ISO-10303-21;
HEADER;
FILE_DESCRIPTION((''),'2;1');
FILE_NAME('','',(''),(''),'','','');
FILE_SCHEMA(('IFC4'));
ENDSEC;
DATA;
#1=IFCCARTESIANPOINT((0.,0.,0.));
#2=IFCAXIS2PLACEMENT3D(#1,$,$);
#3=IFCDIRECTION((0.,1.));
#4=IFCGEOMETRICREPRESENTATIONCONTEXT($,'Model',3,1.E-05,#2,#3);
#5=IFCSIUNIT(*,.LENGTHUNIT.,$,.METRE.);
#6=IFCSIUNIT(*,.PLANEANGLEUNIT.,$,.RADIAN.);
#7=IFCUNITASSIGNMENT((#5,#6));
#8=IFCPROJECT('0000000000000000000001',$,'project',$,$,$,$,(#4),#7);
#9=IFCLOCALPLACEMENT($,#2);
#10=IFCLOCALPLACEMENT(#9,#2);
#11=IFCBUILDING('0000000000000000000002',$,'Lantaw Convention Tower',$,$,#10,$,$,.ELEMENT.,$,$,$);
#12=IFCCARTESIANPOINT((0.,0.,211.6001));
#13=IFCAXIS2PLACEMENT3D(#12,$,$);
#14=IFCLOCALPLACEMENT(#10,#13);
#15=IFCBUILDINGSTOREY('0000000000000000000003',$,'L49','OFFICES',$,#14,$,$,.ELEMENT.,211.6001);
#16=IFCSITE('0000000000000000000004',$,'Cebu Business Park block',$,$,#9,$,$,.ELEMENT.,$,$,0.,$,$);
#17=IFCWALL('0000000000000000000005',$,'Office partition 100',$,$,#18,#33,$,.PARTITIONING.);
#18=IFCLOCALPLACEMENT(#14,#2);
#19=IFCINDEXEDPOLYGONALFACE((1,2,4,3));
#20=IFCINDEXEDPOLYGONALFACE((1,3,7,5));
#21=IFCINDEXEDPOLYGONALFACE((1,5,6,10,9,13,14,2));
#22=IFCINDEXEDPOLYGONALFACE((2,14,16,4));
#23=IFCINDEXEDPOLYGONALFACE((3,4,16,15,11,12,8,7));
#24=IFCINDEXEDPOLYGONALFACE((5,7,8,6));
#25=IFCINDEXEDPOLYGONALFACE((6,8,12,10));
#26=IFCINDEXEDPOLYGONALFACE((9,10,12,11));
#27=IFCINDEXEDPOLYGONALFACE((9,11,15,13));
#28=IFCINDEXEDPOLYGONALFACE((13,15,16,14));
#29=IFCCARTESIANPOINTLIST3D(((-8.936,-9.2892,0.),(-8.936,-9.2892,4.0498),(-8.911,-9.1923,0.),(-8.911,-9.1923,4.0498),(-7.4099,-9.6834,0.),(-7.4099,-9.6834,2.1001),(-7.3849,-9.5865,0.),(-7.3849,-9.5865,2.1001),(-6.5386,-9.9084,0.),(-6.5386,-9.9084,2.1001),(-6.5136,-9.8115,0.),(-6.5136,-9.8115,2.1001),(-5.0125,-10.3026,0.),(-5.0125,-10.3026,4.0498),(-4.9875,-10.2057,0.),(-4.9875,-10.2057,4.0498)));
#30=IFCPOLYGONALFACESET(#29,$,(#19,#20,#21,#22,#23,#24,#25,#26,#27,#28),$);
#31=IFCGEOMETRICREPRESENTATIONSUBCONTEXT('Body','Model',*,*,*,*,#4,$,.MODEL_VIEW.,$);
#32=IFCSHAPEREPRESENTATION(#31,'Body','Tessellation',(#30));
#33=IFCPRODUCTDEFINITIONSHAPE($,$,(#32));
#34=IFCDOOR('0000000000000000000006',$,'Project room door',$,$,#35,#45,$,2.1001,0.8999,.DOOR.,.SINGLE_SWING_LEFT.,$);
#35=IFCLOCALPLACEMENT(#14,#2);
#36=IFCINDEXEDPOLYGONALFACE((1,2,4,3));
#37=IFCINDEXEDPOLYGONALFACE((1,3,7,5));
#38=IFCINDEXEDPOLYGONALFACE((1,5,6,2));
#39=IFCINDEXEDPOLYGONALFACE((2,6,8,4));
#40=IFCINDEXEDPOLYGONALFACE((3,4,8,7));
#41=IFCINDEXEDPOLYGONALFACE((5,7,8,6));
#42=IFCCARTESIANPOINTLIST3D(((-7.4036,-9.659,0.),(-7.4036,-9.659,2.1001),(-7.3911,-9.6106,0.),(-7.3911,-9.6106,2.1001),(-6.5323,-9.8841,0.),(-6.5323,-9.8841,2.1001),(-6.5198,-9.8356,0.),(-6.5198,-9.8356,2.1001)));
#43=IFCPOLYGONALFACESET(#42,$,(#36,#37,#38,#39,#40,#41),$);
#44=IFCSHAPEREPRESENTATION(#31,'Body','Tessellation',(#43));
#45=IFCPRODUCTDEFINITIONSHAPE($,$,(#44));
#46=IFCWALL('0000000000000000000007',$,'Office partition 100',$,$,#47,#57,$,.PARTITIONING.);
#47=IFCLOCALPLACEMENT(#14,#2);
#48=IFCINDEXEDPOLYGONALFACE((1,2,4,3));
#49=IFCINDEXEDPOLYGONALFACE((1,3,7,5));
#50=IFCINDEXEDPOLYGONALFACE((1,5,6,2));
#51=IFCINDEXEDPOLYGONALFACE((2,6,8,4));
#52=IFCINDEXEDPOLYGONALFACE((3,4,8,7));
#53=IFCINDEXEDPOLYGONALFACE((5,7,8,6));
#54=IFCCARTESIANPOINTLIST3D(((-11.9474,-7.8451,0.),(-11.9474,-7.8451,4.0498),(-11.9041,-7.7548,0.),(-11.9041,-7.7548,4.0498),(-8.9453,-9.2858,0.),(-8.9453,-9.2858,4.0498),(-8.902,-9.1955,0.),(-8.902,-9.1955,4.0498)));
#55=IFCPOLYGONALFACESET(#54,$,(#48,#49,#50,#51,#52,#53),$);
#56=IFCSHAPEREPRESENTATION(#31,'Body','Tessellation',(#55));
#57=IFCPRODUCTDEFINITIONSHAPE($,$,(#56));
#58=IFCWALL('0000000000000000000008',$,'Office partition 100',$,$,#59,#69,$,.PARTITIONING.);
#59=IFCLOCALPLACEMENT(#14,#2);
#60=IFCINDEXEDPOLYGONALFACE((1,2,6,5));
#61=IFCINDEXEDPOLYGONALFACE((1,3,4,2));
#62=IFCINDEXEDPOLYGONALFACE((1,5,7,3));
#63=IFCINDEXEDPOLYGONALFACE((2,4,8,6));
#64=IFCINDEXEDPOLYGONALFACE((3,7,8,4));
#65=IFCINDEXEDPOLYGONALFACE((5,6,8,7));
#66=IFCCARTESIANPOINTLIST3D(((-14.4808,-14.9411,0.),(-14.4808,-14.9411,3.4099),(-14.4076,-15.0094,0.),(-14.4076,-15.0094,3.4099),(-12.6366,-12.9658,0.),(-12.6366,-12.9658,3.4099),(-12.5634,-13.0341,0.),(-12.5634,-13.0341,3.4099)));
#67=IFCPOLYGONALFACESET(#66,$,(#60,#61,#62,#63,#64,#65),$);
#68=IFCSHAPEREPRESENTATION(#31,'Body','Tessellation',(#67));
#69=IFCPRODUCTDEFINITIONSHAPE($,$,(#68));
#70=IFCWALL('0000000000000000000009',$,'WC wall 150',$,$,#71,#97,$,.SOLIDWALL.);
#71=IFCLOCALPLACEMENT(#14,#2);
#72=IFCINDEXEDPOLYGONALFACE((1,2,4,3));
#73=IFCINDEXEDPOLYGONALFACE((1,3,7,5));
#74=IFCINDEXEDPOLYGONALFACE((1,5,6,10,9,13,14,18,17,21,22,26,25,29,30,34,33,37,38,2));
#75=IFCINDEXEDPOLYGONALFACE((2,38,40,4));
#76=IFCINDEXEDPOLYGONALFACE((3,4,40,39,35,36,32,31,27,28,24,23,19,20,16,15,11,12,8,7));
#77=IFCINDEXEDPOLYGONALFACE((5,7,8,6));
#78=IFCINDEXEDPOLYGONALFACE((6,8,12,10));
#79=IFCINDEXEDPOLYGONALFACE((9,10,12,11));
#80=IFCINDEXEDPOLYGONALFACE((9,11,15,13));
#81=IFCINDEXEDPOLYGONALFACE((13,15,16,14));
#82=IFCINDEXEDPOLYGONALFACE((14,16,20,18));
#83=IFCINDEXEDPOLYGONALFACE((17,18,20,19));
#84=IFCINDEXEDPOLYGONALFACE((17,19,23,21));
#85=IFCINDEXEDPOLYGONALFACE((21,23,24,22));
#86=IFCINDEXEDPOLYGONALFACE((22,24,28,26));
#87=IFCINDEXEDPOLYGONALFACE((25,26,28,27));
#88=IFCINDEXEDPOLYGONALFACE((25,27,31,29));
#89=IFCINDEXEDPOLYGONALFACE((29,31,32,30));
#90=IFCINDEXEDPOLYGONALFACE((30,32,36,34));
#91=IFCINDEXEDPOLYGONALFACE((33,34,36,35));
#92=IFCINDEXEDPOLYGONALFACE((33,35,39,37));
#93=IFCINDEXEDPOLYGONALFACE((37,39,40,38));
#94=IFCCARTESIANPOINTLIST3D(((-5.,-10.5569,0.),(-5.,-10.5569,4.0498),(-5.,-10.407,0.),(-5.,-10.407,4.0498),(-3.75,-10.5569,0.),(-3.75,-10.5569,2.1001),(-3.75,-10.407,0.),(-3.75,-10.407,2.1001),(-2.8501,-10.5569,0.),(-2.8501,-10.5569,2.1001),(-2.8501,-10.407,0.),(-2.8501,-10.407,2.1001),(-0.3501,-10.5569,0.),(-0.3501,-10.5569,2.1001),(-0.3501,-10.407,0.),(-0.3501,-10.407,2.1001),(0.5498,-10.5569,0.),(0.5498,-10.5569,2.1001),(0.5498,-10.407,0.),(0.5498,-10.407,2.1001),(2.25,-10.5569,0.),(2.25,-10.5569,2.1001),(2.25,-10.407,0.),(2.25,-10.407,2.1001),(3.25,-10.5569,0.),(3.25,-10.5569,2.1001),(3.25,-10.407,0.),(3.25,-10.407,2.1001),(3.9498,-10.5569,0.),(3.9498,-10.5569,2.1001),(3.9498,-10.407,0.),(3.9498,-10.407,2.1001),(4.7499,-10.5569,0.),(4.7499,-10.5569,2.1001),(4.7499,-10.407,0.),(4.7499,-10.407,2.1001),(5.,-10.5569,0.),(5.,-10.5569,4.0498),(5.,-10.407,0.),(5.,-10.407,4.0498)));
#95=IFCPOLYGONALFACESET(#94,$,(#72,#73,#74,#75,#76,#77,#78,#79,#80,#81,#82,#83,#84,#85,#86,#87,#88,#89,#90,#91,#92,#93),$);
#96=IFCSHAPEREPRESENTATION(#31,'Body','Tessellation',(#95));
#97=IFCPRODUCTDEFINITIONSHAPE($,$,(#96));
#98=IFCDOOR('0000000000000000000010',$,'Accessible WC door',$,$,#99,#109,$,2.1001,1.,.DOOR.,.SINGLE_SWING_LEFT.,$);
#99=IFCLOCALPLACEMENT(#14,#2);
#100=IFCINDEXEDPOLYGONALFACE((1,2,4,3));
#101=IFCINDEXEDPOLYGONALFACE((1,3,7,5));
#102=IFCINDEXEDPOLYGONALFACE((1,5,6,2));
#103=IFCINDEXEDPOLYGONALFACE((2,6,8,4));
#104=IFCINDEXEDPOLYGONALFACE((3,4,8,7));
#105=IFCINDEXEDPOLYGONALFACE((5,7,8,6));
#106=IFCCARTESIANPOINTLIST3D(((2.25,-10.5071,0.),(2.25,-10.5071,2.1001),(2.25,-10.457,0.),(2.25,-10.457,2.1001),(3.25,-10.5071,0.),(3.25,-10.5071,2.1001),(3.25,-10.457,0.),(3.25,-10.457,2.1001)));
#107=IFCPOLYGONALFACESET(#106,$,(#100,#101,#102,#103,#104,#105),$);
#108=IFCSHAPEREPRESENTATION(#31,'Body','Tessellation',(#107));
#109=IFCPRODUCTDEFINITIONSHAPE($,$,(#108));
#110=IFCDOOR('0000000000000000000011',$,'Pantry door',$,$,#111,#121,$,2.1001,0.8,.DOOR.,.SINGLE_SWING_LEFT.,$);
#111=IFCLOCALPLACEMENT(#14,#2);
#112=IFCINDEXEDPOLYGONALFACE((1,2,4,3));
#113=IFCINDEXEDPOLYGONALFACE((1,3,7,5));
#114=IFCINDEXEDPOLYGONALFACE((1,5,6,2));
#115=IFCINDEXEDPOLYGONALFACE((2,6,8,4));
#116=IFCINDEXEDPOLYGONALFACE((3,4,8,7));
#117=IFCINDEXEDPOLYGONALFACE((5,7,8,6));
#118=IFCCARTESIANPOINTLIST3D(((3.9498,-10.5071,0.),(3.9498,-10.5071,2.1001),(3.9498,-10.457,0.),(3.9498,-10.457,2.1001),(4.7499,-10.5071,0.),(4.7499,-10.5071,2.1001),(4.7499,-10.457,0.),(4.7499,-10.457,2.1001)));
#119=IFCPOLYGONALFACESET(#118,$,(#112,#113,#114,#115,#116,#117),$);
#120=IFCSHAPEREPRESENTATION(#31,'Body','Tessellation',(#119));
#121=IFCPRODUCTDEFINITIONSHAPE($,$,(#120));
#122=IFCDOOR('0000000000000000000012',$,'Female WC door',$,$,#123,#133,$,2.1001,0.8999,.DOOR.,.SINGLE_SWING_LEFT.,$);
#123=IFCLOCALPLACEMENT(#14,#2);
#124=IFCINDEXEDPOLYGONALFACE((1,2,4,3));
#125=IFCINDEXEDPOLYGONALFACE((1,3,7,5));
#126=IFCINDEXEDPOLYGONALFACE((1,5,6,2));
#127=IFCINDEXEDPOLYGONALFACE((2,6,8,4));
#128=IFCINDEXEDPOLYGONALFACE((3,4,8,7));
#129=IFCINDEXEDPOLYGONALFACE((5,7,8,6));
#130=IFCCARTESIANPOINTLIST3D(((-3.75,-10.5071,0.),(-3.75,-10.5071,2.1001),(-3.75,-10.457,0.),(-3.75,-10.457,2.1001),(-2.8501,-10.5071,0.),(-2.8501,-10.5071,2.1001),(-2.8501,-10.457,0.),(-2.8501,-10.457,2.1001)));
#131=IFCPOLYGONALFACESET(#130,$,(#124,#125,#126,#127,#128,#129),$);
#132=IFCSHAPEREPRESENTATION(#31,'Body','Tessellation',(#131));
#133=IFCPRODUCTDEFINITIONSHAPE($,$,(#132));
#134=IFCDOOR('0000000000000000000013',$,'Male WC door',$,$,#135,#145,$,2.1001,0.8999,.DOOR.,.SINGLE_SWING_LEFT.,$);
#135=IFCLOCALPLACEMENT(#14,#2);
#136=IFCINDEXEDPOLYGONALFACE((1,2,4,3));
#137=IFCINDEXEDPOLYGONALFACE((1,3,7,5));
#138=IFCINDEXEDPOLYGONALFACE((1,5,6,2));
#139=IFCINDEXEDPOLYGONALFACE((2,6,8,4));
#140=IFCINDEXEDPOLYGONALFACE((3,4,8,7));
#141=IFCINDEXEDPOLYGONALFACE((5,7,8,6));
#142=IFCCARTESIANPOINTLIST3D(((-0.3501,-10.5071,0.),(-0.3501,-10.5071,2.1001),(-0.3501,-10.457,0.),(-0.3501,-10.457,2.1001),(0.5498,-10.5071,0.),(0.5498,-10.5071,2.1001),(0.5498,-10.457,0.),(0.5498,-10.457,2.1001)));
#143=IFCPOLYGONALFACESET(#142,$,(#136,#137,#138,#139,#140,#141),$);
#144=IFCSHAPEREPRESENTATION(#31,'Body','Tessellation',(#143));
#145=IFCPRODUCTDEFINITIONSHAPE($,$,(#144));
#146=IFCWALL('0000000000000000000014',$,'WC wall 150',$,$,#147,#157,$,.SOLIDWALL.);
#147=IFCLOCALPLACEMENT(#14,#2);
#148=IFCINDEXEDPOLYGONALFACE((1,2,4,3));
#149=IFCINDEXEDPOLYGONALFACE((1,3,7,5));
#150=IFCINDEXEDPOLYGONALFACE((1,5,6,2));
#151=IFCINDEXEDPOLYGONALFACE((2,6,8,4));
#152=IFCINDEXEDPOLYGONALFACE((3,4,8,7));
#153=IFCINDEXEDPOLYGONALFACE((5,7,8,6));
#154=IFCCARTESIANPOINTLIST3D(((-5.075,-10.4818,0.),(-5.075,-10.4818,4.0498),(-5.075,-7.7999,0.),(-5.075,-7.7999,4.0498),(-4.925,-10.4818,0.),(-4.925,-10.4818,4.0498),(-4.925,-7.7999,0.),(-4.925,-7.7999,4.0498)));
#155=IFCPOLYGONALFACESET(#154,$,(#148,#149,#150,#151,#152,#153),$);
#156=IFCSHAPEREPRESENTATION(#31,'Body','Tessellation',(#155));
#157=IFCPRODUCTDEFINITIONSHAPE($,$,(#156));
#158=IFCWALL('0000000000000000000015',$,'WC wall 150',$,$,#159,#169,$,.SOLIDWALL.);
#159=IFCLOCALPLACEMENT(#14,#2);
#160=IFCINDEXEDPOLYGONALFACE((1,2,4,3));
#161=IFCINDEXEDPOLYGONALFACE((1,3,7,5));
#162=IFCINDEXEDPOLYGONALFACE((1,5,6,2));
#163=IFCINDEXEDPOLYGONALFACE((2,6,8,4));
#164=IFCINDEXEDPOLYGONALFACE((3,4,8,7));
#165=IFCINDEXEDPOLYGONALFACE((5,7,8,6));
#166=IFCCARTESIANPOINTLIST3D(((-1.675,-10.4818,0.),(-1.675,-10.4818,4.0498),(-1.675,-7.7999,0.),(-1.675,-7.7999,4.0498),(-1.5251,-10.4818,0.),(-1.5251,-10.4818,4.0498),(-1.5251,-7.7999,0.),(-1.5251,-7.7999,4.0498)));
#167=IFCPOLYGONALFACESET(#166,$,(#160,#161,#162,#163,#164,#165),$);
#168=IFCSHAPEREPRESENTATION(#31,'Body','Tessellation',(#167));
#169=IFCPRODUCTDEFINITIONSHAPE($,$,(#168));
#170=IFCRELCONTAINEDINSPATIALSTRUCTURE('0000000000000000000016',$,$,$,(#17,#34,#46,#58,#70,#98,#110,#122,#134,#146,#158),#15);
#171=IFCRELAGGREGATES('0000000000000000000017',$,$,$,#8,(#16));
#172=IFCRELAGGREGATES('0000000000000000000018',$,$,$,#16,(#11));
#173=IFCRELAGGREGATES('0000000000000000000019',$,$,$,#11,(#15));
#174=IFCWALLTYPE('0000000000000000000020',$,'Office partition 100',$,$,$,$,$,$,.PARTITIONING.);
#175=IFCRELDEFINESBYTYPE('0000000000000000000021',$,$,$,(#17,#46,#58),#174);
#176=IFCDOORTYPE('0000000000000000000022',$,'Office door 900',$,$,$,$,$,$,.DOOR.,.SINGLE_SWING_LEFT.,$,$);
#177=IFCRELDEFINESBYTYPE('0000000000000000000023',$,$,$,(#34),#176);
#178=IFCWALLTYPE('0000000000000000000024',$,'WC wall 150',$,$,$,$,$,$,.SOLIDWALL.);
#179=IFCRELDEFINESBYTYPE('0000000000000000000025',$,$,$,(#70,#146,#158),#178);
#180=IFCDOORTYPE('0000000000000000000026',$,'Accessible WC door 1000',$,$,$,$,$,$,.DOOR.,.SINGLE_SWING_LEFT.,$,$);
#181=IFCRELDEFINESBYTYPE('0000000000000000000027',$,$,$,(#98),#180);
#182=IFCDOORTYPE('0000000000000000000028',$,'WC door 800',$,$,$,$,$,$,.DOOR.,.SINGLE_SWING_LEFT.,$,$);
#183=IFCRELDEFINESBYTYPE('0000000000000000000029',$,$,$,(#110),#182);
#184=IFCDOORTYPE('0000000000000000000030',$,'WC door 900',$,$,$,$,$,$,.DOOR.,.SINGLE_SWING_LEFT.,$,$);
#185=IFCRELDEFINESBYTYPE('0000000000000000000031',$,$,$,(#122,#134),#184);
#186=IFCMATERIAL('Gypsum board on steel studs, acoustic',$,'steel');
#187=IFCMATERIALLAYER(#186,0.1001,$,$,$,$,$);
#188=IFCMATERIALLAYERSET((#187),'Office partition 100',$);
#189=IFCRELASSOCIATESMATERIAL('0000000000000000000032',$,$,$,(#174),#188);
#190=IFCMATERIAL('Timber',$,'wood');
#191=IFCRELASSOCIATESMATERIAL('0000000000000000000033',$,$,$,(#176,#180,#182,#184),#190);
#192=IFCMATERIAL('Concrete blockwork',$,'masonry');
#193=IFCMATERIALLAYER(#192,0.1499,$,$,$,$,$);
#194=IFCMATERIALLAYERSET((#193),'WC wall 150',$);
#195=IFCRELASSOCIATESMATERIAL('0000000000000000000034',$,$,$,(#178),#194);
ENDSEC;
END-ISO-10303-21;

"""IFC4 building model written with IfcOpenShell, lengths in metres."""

from ifc_helpers import new_model, si_unit, direction, frame, frame_2d, origin, place, context, subcontext, project, spatial, rectangle, extrude, material, layer, layer_set, type_object, element, fill, save


model = new_model("IFC4")

# Units and contexts
model_context = context("Model", 3, precision=1e-05, world=origin(), true_north=direction((0.0, 1.0)))
body_context = subcontext(model_context, "Body", "Model", "MODEL_VIEW")
ifc_project = project(units=[si_unit("LENGTHUNIT", "METRE"), si_unit("PLANEANGLEUNIT", "RADIAN")], contexts=[model_context])

# Site, building, storey
site_placement = place(None, origin())
site = spatial("IfcSite", under=ifc_project, at=site_placement, Name="Cebu Business Park block", CompositionType="ELEMENT", RefElevation=0.0)
building_placement = place(site_placement, origin())
building = spatial("IfcBuilding", under=site, at=building_placement, Name="Lantaw Convention Tower", CompositionType="ELEMENT")
storey_placement = place(building_placement, frame((0.0, 0.0, 211.6001)))
storey = spatial("IfcBuildingStorey", under=building, at=storey_placement, Name="L49", Description="OFFICES", CompositionType="ELEMENT", Elevation=211.6001)

# Wall, opening, door
ifc_material_1 = material(Name="Gypsum board on steel studs, acoustic", Category="steel")
ifc_layer_1 = layer(ifc_material_1, 0.1001)
ifc_layer_set_1 = layer_set([ifc_layer_1], Name="Office partition 100")
wall_type_1 = type_object("IfcWallType", Name="Office partition 100", PredefinedType="PARTITIONING", material=ifc_layer_set_1)
wall_1_placement = place(storey_placement, frame((-5.0, -10.2542, 0.0), z_axis=(0.0, 0.0, 1.0), x_axis=(-0.968224, 0.250084, 0.0)))
wall_1 = element("IfcWall", 1, at=wall_1_placement, inside=storey, type_object=wall_type_1, Name="Office partition 100", PredefinedType="PARTITIONING", context=body_context, shape_type="SweptSolid", body=[
    extrude(rectangle(XDim=4.0522, YDim=0.1001, at=frame_2d((2.0261, 0.0))), origin(), (0.0, 0.0, 1.0), 4.0498),
])
opening_1_placement = place(wall_1_placement, frame((1.5762, 0.0, 0.0)))
opening_1 = element("IfcOpeningElement", 2, at=opening_1_placement, cuts=wall_1, PredefinedType="OPENING", context=body_context, shape_type="SweptSolid", body=[
    extrude(rectangle(XDim=0.8999, YDim=2.1001, at=frame_2d((0.45, 1.05))), frame((0.0, 0.0601, 0.0), z_axis=(0.0, -1.0, 0.0), x_axis=(1.0, 0.0, 0.0)), (0.0, 0.0, 1.0), 0.1201),
])
ifc_material_2 = material(Name="Timber", Category="wood")
door_type_1 = type_object("IfcDoorType", Name="Office door 900", OperationType="SINGLE_SWING_LEFT", PredefinedType="DOOR", material=ifc_material_2)
door_1_placement = place(opening_1_placement, origin())
door_1 = element("IfcDoor", 3, at=door_1_placement, inside=storey, type_object=door_type_1, Name="Project room door", OperationType="SINGLE_SWING_LEFT", OverallHeight=2.1001, OverallWidth=0.8999, PredefinedType="DOOR", context=body_context, shape_type="SweptSolid", body=[
    extrude(rectangle(XDim=0.8999, YDim=2.1001, at=frame_2d((0.45, 1.05))), frame((0.0, 0.0249, 0.0), z_axis=(0.0, -1.0, 0.0), x_axis=(1.0, 0.0, 0.0)), (0.0, 0.0, 1.0), 0.05),
])
fill(opening_1, door_1)

# Walls
wall_2_placement = place(storey_placement, frame((-8.9236, -9.2407, 0.0), z_axis=(0.0, 0.0, 1.0), x_axis=(-0.901554, 0.432667, 0.0)))
element("IfcWall", 4, at=wall_2_placement, inside=storey, type_object=wall_type_1, Name="Office partition 100", PredefinedType="PARTITIONING", context=body_context, shape_type="SweptSolid", body=[
    extrude(rectangle(XDim=3.3298, YDim=0.1001, at=frame_2d((1.665, 0.0))), origin(), (0.0, 0.0, 1.0), 4.0498),
])
wall_3_placement = place(storey_placement, frame((-12.6001, -13.0, 0.0), z_axis=(0.0, 0.0, 1.0), x_axis=(-0.682434, -0.730947, 0.0)))
element("IfcWall", 5, at=wall_3_placement, inside=storey, type_object=wall_type_1, Name="Office partition 100", PredefinedType="PARTITIONING", context=body_context, shape_type="SweptSolid", body=[
    extrude(rectangle(XDim=2.7024, YDim=0.1001, at=frame_2d((1.3511, 0.0))), origin(), (0.0, 0.0, 1.0), 3.4099),
])

# Wall, openings, doors
ifc_material_3 = material(Name="Concrete blockwork", Category="masonry")
ifc_layer_2 = layer(ifc_material_3, 0.1499)
ifc_layer_set_2 = layer_set([ifc_layer_2], Name="WC wall 150")
wall_type_2 = type_object("IfcWallType", Name="WC wall 150", PredefinedType="SOLIDWALL", material=ifc_layer_set_2)
wall_4_placement = place(storey_placement, frame((-5.0, -10.4819, 0.0), z_axis=(0.0, 0.0, 1.0), x_axis=(1.0, 0.0, 0.0)))
wall_4 = element("IfcWall", 6, at=wall_4_placement, inside=storey, type_object=wall_type_2, Name="WC wall 150", PredefinedType="SOLIDWALL", context=body_context, shape_type="SweptSolid", body=[
    extrude(rectangle(XDim=10.0, YDim=0.1499, at=frame_2d((5.0, 0.0))), origin(), (0.0, 0.0, 1.0), 4.0498),
])
opening_2_placement = place(wall_4_placement, frame((1.25, 0.0, 0.0)))
opening_2 = element("IfcOpeningElement", 7, at=opening_2_placement, cuts=wall_4, PredefinedType="OPENING", context=body_context, shape_type="SweptSolid", body=[
    extrude(rectangle(XDim=0.8999, YDim=2.1001, at=frame_2d((0.45, 1.05))), frame((0.0, 0.085, 0.0), z_axis=(0.0, -1.0, 0.0), x_axis=(1.0, 0.0, 0.0)), (0.0, 0.0, 1.0), 0.1699),
])
opening_3_placement = place(wall_4_placement, frame((4.6499, 0.0, 0.0)))
opening_3 = element("IfcOpeningElement", 8, at=opening_3_placement, cuts=wall_4, PredefinedType="OPENING", context=body_context, shape_type="SweptSolid", body=[
    extrude(rectangle(XDim=0.8999, YDim=2.1001, at=frame_2d((0.45, 1.05))), frame((0.0, 0.085, 0.0), z_axis=(0.0, -1.0, 0.0), x_axis=(1.0, 0.0, 0.0)), (0.0, 0.0, 1.0), 0.1699),
])
opening_4_placement = place(wall_4_placement, frame((7.25, 0.0, 0.0)))
opening_4 = element("IfcOpeningElement", 9, at=opening_4_placement, cuts=wall_4, PredefinedType="OPENING", context=body_context, shape_type="SweptSolid", body=[
    extrude(rectangle(XDim=1.0, YDim=2.1001, at=frame_2d((0.5, 1.05))), frame((0.0, 0.085, 0.0), z_axis=(0.0, -1.0, 0.0), x_axis=(1.0, 0.0, 0.0)), (0.0, 0.0, 1.0), 0.1699),
])
opening_5_placement = place(wall_4_placement, frame((8.95, 0.0, 0.0)))
opening_5 = element("IfcOpeningElement", 10, at=opening_5_placement, cuts=wall_4, PredefinedType="OPENING", context=body_context, shape_type="SweptSolid", body=[
    extrude(rectangle(XDim=0.8, YDim=2.1001, at=frame_2d((0.3999, 1.05))), frame((0.0, 0.085, 0.0), z_axis=(0.0, -1.0, 0.0), x_axis=(1.0, 0.0, 0.0)), (0.0, 0.0, 1.0), 0.1699),
])
door_type_2 = type_object("IfcDoorType", Name="Accessible WC door 1000", OperationType="SINGLE_SWING_LEFT", PredefinedType="DOOR", material=ifc_material_2)
door_2_placement = place(opening_4_placement, origin())
door_2 = element("IfcDoor", 11, at=door_2_placement, inside=storey, type_object=door_type_2, Name="Accessible WC door", OperationType="SINGLE_SWING_LEFT", OverallHeight=2.1001, OverallWidth=1.0, PredefinedType="DOOR", context=body_context, shape_type="SweptSolid", body=[
    extrude(rectangle(XDim=1.0, YDim=2.1001, at=frame_2d((0.5, 1.05))), frame((0.0, 0.0249, 0.0), z_axis=(0.0, -1.0, 0.0), x_axis=(1.0, 0.0, 0.0)), (0.0, 0.0, 1.0), 0.05),
])
fill(opening_4, door_2)
door_type_3 = type_object("IfcDoorType", Name="WC door 800", OperationType="SINGLE_SWING_LEFT", PredefinedType="DOOR", material=ifc_material_2)
door_3_placement = place(opening_5_placement, origin())
door_3 = element("IfcDoor", 12, at=door_3_placement, inside=storey, type_object=door_type_3, Name="Pantry door", OperationType="SINGLE_SWING_LEFT", OverallHeight=2.1001, OverallWidth=0.8, PredefinedType="DOOR", context=body_context, shape_type="SweptSolid", body=[
    extrude(rectangle(XDim=0.8, YDim=2.1001, at=frame_2d((0.3999, 1.05))), frame((0.0, 0.0249, 0.0), z_axis=(0.0, -1.0, 0.0), x_axis=(1.0, 0.0, 0.0)), (0.0, 0.0, 1.0), 0.05),
])
fill(opening_5, door_3)
door_type_4 = type_object("IfcDoorType", Name="WC door 900", OperationType="SINGLE_SWING_LEFT", PredefinedType="DOOR", material=ifc_material_2)
door_4_placement = place(opening_2_placement, origin())
door_4 = element("IfcDoor", 13, at=door_4_placement, inside=storey, type_object=door_type_4, Name="Female WC door", OperationType="SINGLE_SWING_LEFT", OverallHeight=2.1001, OverallWidth=0.8999, PredefinedType="DOOR", context=body_context, shape_type="SweptSolid", body=[
    extrude(rectangle(XDim=0.8999, YDim=2.1001, at=frame_2d((0.45, 1.05))), frame((0.0, 0.0249, 0.0), z_axis=(0.0, -1.0, 0.0), x_axis=(1.0, 0.0, 0.0)), (0.0, 0.0, 1.0), 0.05),
])
fill(opening_2, door_4)
door_5_placement = place(opening_3_placement, origin())
door_5 = element("IfcDoor", 14, at=door_5_placement, inside=storey, type_object=door_type_4, Name="Male WC door", OperationType="SINGLE_SWING_LEFT", OverallHeight=2.1001, OverallWidth=0.8999, PredefinedType="DOOR", context=body_context, shape_type="SweptSolid", body=[
    extrude(rectangle(XDim=0.8999, YDim=2.1001, at=frame_2d((0.45, 1.05))), frame((0.0, 0.0249, 0.0), z_axis=(0.0, -1.0, 0.0), x_axis=(1.0, 0.0, 0.0)), (0.0, 0.0, 1.0), 0.05),
])
fill(opening_3, door_5)

# Walls
for number, where, z_axis, x_axis, name in (
    (15, (-5.0, -7.8, 0.0), (0.0, 0.0, 1.0), (0.0, -1.0, 0.0), "WC wall 150"),
    (16, (-1.6001, -7.8, 0.0), (0.0, 0.0, 1.0), (0.0, -1.0, 0.0), "WC wall 150"),
):
    element("IfcWall", number, at=place(storey_placement, frame(where, z_axis=z_axis, x_axis=x_axis)), inside=storey, type_object=wall_type_2, Name=name, PredefinedType="SOLIDWALL", context=body_context, shape_type="SweptSolid", body=[
        extrude(rectangle(XDim=2.6819, YDim=0.1499, at=frame_2d((1.3408, 0.0))), origin(), (0.0, 0.0, 1.0), 4.0498),
    ])

save(model, "model.ifc")
